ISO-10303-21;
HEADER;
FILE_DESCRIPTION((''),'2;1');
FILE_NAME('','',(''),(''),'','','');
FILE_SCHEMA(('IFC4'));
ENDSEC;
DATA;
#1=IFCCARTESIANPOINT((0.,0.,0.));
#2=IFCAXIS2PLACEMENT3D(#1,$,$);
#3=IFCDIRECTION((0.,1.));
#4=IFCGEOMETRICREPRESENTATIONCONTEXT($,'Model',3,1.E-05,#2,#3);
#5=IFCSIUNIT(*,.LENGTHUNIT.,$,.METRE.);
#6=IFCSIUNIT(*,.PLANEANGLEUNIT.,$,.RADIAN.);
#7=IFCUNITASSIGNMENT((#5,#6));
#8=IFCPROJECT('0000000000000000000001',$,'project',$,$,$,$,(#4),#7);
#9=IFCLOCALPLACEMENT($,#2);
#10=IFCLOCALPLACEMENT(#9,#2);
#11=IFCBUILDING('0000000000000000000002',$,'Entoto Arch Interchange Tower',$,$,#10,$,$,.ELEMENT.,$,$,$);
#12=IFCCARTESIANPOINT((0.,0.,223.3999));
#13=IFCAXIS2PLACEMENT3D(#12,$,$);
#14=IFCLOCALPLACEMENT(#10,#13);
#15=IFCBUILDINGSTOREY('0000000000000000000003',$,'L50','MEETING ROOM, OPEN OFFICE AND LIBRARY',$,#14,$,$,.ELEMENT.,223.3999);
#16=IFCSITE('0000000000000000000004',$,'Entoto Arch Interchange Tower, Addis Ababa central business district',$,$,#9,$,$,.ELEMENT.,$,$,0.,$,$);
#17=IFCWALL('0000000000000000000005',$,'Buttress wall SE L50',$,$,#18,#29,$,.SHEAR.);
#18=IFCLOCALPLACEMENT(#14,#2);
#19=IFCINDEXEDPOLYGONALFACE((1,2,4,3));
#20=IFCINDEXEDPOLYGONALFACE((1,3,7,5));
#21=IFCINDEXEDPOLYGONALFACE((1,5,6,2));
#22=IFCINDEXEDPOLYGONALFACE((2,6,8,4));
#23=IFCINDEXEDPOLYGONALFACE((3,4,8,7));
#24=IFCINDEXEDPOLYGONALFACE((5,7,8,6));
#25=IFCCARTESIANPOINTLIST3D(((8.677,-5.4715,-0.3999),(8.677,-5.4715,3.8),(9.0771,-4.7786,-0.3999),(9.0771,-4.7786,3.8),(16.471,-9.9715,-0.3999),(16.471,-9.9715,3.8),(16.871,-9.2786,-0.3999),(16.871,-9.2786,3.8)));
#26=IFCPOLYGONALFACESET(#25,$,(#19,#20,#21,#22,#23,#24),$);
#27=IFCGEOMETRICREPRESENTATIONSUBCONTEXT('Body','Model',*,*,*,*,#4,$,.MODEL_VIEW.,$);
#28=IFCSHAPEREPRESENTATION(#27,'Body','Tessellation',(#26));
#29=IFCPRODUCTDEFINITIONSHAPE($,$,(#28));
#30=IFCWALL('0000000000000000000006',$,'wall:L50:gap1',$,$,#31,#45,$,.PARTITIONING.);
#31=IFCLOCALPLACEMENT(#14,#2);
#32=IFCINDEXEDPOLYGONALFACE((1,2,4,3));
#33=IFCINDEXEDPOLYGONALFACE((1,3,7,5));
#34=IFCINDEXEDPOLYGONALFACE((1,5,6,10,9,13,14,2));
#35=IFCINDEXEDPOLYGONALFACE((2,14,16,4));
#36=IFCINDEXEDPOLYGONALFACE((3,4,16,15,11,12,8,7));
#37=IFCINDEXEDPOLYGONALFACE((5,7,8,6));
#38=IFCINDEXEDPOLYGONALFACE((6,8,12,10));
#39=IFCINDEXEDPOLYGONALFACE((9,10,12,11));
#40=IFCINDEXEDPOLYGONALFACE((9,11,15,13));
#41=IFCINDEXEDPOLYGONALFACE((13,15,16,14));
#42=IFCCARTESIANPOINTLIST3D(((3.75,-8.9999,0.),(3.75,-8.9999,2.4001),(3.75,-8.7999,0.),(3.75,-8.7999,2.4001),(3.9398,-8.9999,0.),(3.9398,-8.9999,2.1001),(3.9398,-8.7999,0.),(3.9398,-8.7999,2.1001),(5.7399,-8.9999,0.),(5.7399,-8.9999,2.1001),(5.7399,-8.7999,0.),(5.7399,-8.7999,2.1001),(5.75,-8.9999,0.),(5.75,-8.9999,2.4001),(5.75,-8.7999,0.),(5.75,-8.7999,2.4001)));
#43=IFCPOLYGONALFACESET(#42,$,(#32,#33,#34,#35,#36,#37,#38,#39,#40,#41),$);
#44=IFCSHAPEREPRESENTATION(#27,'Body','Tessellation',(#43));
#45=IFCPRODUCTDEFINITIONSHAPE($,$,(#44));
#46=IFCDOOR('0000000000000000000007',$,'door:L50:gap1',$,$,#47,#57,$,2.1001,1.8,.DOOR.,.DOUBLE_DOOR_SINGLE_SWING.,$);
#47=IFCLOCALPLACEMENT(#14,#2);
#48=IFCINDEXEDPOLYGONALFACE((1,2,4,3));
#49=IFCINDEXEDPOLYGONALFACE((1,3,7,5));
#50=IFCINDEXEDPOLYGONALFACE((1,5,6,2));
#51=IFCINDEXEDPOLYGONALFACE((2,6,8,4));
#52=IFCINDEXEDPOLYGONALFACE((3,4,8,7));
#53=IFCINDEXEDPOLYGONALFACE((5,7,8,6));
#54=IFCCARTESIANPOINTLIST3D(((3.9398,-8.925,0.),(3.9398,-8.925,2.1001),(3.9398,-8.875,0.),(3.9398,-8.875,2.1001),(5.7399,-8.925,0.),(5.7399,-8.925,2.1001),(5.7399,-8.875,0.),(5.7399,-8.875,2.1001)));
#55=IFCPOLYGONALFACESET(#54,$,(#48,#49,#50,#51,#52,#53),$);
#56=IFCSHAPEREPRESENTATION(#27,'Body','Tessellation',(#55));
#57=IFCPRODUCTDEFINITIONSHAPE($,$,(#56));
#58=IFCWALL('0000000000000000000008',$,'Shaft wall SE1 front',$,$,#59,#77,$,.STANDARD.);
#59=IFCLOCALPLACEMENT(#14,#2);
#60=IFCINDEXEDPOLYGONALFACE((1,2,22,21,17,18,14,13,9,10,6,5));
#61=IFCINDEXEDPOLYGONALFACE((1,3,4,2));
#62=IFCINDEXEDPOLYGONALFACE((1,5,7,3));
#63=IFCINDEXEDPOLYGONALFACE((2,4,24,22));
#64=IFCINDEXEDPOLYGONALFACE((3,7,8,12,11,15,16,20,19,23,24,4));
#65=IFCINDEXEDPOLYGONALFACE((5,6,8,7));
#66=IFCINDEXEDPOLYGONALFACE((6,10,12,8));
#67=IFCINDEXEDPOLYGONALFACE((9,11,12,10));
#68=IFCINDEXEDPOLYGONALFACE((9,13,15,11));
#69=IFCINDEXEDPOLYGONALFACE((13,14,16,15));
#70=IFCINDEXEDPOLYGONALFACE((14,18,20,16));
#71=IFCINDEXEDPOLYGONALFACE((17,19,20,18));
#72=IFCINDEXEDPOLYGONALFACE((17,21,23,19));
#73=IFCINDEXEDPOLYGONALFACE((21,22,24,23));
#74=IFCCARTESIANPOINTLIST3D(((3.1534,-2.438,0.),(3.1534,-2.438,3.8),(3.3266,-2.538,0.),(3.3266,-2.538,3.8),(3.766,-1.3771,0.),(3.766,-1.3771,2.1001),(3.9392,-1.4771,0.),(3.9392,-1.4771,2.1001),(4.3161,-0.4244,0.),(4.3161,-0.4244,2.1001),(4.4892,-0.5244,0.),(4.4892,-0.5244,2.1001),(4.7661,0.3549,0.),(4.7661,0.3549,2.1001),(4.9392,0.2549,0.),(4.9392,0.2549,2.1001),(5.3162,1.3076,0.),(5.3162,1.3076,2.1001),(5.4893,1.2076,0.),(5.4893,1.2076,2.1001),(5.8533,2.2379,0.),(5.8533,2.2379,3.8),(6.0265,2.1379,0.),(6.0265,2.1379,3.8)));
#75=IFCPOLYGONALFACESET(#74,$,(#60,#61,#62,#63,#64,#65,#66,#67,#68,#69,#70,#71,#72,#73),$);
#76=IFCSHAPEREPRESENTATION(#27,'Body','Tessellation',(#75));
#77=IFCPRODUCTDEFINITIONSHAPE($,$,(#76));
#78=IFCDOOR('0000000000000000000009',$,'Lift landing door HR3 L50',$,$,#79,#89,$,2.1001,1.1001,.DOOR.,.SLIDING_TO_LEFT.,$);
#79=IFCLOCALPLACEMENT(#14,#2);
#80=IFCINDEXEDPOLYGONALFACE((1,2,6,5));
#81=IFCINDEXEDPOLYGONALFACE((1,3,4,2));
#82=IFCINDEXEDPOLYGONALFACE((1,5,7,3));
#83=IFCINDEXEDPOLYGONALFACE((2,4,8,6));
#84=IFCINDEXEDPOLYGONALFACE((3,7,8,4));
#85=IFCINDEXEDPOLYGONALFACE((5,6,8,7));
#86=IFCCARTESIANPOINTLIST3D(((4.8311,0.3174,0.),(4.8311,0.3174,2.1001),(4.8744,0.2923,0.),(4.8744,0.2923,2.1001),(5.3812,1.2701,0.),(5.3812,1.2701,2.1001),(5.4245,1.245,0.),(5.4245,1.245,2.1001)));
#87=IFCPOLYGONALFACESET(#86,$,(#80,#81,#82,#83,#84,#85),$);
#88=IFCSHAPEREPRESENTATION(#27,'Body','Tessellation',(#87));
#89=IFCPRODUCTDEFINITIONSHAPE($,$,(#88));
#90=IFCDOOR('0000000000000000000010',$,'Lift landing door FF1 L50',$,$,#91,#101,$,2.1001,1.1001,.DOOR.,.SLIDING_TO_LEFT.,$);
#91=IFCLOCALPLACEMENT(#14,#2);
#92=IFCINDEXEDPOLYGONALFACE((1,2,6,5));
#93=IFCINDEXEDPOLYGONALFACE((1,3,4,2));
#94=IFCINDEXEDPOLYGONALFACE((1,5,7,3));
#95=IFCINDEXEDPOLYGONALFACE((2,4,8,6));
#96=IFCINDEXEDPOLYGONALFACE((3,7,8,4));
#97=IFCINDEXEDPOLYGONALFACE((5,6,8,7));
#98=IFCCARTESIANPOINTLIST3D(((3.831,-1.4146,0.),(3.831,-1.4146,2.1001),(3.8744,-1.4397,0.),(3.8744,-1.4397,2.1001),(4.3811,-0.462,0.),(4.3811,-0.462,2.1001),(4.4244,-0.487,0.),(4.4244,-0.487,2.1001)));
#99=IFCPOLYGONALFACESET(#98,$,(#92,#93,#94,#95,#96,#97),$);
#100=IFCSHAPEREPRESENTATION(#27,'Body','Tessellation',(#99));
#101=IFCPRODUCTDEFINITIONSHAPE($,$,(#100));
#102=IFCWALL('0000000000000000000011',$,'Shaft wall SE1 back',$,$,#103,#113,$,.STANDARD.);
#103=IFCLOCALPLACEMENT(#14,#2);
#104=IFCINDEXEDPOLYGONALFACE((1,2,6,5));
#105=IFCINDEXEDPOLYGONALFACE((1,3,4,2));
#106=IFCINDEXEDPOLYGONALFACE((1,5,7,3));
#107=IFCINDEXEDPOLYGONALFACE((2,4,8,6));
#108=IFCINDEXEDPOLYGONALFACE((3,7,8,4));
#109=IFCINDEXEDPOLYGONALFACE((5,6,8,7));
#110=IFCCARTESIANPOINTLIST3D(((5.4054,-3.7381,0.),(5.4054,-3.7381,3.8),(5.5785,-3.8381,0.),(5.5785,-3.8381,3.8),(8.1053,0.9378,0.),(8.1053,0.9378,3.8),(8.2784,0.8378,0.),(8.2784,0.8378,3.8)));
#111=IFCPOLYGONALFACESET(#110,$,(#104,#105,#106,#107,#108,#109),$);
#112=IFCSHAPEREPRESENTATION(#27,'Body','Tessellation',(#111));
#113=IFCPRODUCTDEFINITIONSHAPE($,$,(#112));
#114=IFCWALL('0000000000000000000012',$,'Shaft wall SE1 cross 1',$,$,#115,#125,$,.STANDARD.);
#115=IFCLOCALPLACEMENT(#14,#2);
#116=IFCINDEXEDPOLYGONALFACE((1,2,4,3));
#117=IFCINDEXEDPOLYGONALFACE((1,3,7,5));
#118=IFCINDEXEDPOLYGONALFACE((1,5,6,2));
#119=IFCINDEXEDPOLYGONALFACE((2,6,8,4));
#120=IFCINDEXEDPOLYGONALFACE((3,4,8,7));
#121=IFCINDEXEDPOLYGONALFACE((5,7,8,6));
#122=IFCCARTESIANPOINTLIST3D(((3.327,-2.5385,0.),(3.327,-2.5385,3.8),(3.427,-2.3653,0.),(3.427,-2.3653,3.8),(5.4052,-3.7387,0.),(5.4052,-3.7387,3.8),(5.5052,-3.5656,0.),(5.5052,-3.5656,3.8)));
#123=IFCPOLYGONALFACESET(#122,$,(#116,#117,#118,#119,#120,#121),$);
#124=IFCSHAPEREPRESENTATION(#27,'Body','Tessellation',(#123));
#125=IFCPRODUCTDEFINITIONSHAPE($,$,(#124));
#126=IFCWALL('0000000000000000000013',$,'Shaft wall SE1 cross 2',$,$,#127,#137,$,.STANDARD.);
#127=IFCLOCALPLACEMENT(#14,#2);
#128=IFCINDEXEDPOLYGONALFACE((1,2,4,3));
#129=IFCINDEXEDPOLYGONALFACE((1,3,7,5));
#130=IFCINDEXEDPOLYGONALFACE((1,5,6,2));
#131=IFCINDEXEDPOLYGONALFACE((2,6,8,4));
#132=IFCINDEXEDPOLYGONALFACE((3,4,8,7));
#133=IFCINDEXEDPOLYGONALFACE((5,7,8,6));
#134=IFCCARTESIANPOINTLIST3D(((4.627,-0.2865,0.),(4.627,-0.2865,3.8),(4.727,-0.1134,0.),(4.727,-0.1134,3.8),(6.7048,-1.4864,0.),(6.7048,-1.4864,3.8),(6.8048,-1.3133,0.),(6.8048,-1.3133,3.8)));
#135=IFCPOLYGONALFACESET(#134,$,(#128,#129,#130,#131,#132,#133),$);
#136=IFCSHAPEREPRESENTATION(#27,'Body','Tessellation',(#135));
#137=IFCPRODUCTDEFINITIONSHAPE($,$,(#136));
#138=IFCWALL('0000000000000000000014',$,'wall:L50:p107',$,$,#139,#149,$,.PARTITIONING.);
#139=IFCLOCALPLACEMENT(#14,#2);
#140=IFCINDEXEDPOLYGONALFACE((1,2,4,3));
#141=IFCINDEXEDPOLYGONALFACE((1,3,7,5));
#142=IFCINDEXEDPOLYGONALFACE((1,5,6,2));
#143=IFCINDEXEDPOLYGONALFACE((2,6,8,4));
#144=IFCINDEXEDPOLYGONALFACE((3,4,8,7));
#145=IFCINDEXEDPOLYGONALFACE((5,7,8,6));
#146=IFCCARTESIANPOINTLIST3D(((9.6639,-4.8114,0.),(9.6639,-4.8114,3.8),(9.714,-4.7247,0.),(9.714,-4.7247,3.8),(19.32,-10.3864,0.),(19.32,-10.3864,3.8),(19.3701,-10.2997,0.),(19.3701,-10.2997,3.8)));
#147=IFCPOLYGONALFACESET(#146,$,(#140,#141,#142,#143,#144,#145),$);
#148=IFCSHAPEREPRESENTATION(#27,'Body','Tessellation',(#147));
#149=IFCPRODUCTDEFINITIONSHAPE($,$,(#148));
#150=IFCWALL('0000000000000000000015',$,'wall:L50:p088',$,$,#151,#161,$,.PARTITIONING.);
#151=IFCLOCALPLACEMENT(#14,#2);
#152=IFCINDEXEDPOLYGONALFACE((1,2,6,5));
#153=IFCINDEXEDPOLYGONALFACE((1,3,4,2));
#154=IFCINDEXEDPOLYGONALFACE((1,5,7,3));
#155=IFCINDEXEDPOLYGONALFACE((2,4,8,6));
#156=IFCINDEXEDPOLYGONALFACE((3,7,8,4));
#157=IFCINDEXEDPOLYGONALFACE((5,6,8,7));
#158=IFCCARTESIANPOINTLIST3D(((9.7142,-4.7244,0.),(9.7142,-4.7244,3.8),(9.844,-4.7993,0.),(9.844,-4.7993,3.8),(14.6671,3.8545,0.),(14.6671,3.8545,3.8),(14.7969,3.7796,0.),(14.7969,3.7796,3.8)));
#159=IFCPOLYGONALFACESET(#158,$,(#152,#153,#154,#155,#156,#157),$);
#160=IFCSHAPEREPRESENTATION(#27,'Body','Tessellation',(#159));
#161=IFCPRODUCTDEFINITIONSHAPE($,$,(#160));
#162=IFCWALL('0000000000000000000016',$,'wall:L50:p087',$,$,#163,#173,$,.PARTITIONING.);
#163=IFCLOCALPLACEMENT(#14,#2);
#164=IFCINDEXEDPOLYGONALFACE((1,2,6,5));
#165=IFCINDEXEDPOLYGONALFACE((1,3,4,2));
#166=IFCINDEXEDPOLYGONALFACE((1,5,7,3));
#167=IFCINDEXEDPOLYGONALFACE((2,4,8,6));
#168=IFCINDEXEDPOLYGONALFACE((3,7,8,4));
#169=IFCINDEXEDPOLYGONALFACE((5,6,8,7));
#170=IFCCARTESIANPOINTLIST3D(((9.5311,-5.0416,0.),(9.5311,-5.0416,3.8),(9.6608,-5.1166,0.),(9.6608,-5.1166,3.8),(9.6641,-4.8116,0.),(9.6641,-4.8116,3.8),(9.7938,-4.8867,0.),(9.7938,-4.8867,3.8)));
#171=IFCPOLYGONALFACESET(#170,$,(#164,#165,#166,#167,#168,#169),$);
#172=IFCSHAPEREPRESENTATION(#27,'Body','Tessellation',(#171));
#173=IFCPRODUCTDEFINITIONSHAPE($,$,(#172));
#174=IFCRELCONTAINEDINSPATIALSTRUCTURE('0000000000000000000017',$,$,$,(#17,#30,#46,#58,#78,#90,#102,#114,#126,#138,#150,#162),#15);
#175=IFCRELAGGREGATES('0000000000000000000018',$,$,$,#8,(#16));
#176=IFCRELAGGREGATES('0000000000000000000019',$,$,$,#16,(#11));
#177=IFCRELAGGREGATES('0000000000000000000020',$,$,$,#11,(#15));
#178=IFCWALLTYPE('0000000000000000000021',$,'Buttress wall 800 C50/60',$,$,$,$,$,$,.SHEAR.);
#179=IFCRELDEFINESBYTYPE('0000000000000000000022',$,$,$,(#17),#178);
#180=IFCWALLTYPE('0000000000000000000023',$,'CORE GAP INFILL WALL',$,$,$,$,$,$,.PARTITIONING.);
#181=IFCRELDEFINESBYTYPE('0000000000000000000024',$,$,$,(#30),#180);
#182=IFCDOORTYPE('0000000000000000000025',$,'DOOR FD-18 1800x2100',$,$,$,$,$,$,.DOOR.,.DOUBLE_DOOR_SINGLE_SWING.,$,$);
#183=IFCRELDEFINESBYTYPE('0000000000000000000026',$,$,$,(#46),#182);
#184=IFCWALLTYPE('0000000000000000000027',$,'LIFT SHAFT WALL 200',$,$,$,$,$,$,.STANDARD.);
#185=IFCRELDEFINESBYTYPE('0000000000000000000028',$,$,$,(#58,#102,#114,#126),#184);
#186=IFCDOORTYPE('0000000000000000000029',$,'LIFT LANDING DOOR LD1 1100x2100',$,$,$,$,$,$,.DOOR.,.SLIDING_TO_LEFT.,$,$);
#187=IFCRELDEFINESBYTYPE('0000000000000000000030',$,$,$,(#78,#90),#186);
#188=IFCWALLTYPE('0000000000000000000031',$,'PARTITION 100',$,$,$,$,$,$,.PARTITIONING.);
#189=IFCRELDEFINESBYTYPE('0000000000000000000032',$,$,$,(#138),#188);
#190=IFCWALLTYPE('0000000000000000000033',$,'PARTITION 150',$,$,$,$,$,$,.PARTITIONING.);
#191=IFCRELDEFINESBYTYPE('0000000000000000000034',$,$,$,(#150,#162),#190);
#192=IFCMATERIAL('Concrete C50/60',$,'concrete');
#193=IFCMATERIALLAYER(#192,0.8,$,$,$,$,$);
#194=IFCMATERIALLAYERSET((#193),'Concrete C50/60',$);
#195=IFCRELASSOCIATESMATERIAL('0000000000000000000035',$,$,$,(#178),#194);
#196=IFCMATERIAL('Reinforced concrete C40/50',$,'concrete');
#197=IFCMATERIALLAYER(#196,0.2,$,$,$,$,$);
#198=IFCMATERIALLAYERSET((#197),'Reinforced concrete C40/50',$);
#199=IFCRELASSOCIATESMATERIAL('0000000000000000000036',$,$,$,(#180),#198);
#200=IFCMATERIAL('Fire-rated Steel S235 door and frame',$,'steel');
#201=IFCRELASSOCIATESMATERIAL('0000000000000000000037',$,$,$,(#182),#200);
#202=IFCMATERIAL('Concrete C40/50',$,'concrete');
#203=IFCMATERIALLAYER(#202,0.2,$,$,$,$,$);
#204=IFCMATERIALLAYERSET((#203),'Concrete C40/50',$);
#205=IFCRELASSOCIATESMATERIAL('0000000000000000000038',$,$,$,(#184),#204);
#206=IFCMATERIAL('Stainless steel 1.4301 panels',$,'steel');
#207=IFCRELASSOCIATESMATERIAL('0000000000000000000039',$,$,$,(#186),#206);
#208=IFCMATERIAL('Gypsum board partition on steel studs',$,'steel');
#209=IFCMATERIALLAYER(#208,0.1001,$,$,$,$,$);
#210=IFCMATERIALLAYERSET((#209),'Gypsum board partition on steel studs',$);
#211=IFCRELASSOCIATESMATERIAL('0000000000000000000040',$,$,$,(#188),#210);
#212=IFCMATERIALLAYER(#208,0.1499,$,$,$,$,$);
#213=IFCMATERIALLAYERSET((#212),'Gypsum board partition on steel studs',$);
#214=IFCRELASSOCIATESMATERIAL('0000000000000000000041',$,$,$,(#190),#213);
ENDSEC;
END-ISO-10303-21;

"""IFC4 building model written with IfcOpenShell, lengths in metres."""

from ifc_helpers import new_model, si_unit, direction, frame, frame_2d, origin, place, context, subcontext, project, spatial, rectangle, extrude, material, layer, layer_set, type_object, element, fill, save


model = new_model("IFC4")

# Units and contexts
model_context = context("Model", 3, precision=1e-05, world=origin(), true_north=direction((0.0, 1.0)))
body_context = subcontext(model_context, "Body", "Model", "MODEL_VIEW")
ifc_project = project(units=[si_unit("LENGTHUNIT", "METRE"), si_unit("PLANEANGLEUNIT", "RADIAN")], contexts=[model_context])

# Site, building, storey
site_placement = place(None, origin())
site = spatial("IfcSite", under=ifc_project, at=site_placement, Name="Entoto Arch Interchange Tower, Addis Ababa central business district", CompositionType="ELEMENT", RefElevation=0.0)
building_placement = place(site_placement, origin())
building = spatial("IfcBuilding", under=site, at=building_placement, Name="Entoto Arch Interchange Tower", CompositionType="ELEMENT")
storey_placement = place(building_placement, frame((0.0, 0.0, 223.3999)))
storey = spatial("IfcBuildingStorey", under=building, at=storey_placement, Name="L50", Description="MEETING ROOM, OPEN OFFICE AND LIBRARY", CompositionType="ELEMENT", Elevation=223.3999)

# Wall
ifc_material_1 = material(Name="Concrete C50/60", Category="concrete")
ifc_layer_1 = layer(ifc_material_1, 0.8)
ifc_layer_set_1 = layer_set([ifc_layer_1], Name="Concrete C50/60")
wall_type_1 = type_object("IfcWallType", Name="Buttress wall 800 C50/60", PredefinedType="SHEAR", material=ifc_layer_set_1)
wall_1_placement = place(storey_placement, frame((8.877, -5.125, -0.3999), z_axis=(0.0, 0.0, 1.0), x_axis=(0.866018, -0.500014, 0.0)))
element("IfcWall", 1, at=wall_1_placement, inside=storey, type_object=wall_type_1, Name="Buttress wall SE L50", PredefinedType="SHEAR", context=body_context, shape_type="SweptSolid", body=[
    extrude(rectangle(XDim=8.9998, YDim=0.8, at=frame_2d((4.5, 0.0))), origin(), (0.0, 0.0, 1.0), 4.2),
])

# Wall, opening, door
ifc_material_2 = material(Name="Reinforced concrete C40/50", Category="concrete")
ifc_layer_2 = layer(ifc_material_2, 0.2)
ifc_layer_set_2 = layer_set([ifc_layer_2], Name="Reinforced concrete C40/50")
wall_type_2 = type_object("IfcWallType", Name="CORE GAP INFILL WALL", PredefinedType="PARTITIONING", material=ifc_layer_set_2)
wall_2_placement = place(storey_placement, frame((3.75, -8.8999, 0.0), z_axis=(0.0, 0.0, 1.0), x_axis=(1.0, 0.0, 0.0)))
wall_2 = element("IfcWall", 2, at=wall_2_placement, inside=storey, type_object=wall_type_2, Name="wall:L50:gap1", PredefinedType="PARTITIONING", context=body_context, shape_type="SweptSolid", body=[
    extrude(rectangle(XDim=2.0, YDim=0.2, at=frame_2d((1.0, 0.0))), origin(), (0.0, 0.0, 1.0), 2.4001),
])
opening_1_placement = place(wall_2_placement, frame((0.1899, 0.0, 0.0)))
opening_1 = element("IfcOpeningElement", 3, at=opening_1_placement, cuts=wall_2, PredefinedType="OPENING", context=body_context, shape_type="SweptSolid", body=[
    extrude(rectangle(XDim=1.8, YDim=2.1001, at=frame_2d((0.8999, 1.05))), frame((0.0, 0.1099, 0.0), z_axis=(0.0, -1.0, 0.0), x_axis=(1.0, 0.0, 0.0)), (0.0, 0.0, 1.0), 0.22),
])
ifc_material_3 = material(Name="Fire-rated Steel S235 door and frame", Category="steel")
door_type_1 = type_object("IfcDoorType", Name="DOOR FD-18 1800x2100", OperationType="DOUBLE_DOOR_SINGLE_SWING", PredefinedType="DOOR", material=ifc_material_3)
door_1_placement = place(opening_1_placement, origin())
door_1 = element("IfcDoor", 4, at=door_1_placement, inside=storey, type_object=door_type_1, Name="door:L50:gap1", OperationType="DOUBLE_DOOR_SINGLE_SWING", OverallHeight=2.1001, OverallWidth=1.8, PredefinedType="DOOR", context=body_context, shape_type="SweptSolid", body=[
    extrude(rectangle(XDim=1.8, YDim=2.1001, at=frame_2d((0.8999, 1.05))), frame((0.0, 0.0249, 0.0), z_axis=(0.0, -1.0, 0.0), x_axis=(1.0, 0.0, 0.0)), (0.0, 0.0, 1.0), 0.05),
])
fill(opening_1, door_1)

# Wall, openings, doors
ifc_material_4 = material(Name="Concrete C40/50", Category="concrete")
ifc_layer_3 = layer(ifc_material_4, 0.2)
ifc_layer_set_3 = layer_set([ifc_layer_3], Name="Concrete C40/50")
wall_type_3 = type_object("IfcWallType", Name="LIFT SHAFT WALL 200", PredefinedType="STANDARD", material=ifc_layer_set_3)
wall_3_placement = place(storey_placement, frame((3.24, -2.488, 0.0), z_axis=(0.0, 0.0, 1.0), x_axis=(0.500034, 0.866006, 0.0)))
wall_3 = element("IfcWall", 5, at=wall_3_placement, inside=storey, type_object=wall_type_3, Name="Shaft wall SE1 front", PredefinedType="STANDARD", context=body_context, shape_type="SweptSolid", body=[
    extrude(rectangle(XDim=5.3994, YDim=0.2, at=frame_2d((2.6997, 0.0))), origin(), (0.0, 0.0, 1.0), 3.8),
])
opening_2_placement = place(wall_3_placement, frame((3.2251, 0.0, 0.0)))
opening_2 = element("IfcOpeningElement", 6, at=opening_2_placement, cuts=wall_3, PredefinedType="OPENING", context=body_context, shape_type="SweptSolid", body=[
    extrude(rectangle(XDim=1.1001, YDim=2.1001, at=frame_2d((0.55, 1.05))), frame((0.0, 0.1099, 0.0), z_axis=(0.0, -1.0, 0.0), x_axis=(1.0, 0.0, 0.0)), (0.0, 0.0, 1.0), 0.22),
])
opening_3_placement = place(wall_3_placement, frame((1.2251, 0.0, 0.0)))
opening_3 = element("IfcOpeningElement", 7, at=opening_3_placement, cuts=wall_3, PredefinedType="OPENING", context=body_context, shape_type="SweptSolid", body=[
    extrude(rectangle(XDim=1.1001, YDim=2.1001, at=frame_2d((0.55, 1.05))), frame((0.0, 0.1099, 0.0), z_axis=(0.0, -1.0, 0.0), x_axis=(1.0, 0.0, 0.0)), (0.0, 0.0, 1.0), 0.22),
])
ifc_material_5 = material(Name="Stainless steel 1.4301 panels", Category="steel")
door_type_2 = type_object("IfcDoorType", Name="LIFT LANDING DOOR LD1 1100x2100", OperationType="SLIDING_TO_LEFT", PredefinedType="DOOR", material=ifc_material_5)
door_2_placement = place(opening_2_placement, origin())
door_2 = element("IfcDoor", 8, at=door_2_placement, inside=storey, type_object=door_type_2, Name="Lift landing door HR3 L50", OperationType="SLIDING_TO_LEFT", OverallHeight=2.1001, OverallWidth=1.1001, PredefinedType="DOOR", context=body_context, shape_type="SweptSolid", body=[
    extrude(rectangle(XDim=1.1001, YDim=2.1001, at=frame_2d((0.55, 1.05))), frame((0.0, 0.0249, 0.0), z_axis=(0.0, -1.0, 0.0), x_axis=(1.0, 0.0, 0.0)), (0.0, 0.0, 1.0), 0.05),
])
fill(opening_2, door_2)
door_3_placement = place(opening_3_placement, origin())
door_3 = element("IfcDoor", 9, at=door_3_placement, inside=storey, type_object=door_type_2, Name="Lift landing door FF1 L50", OperationType="SLIDING_TO_LEFT", OverallHeight=2.1001, OverallWidth=1.1001, PredefinedType="DOOR", context=body_context, shape_type="SweptSolid", body=[
    extrude(rectangle(XDim=1.1001, YDim=2.1001, at=frame_2d((0.55, 1.05))), frame((0.0, 0.0249, 0.0), z_axis=(0.0, -1.0, 0.0), x_axis=(1.0, 0.0, 0.0)), (0.0, 0.0, 1.0), 0.05),
])
fill(opening_3, door_3)

# Walls
wall_4_placement = place(storey_placement, frame((5.4919, -3.7881, 0.0), z_axis=(0.0, 0.0, 1.0), x_axis=(0.500034, 0.866006, 0.0)))
element("IfcWall", 10, at=wall_4_placement, inside=storey, type_object=wall_type_3, Name="Shaft wall SE1 back", PredefinedType="STANDARD", context=body_context, shape_type="SweptSolid", body=[
    extrude(rectangle(XDim=5.3994, YDim=0.2, at=frame_2d((2.6997, 0.0))), origin(), (0.0, 0.0, 1.0), 3.8),
])
wall_5_placement = place(storey_placement, frame((3.377, -2.4519, 0.0), z_axis=(0.0, 0.0, 1.0), x_axis=(0.865955, -0.500122, 0.0)))
element("IfcWall", 11, at=wall_5_placement, inside=storey, type_object=wall_type_3, Name="Shaft wall SE1 cross 1", PredefinedType="STANDARD", context=body_context, shape_type="SweptSolid", body=[
    extrude(rectangle(XDim=2.3999, YDim=0.2, at=frame_2d((1.2, 0.0))), origin(), (0.0, 0.0, 1.0), 3.8),
])
wall_6_placement = place(storey_placement, frame((4.677, -0.2, 0.0), z_axis=(0.0, 0.0, 1.0), x_axis=(0.865974, -0.500089, 0.0)))
element("IfcWall", 12, at=wall_6_placement, inside=storey, type_object=wall_type_3, Name="Shaft wall SE1 cross 2", PredefinedType="STANDARD", context=body_context, shape_type="SweptSolid", body=[
    extrude(rectangle(XDim=2.3994, YDim=0.2, at=frame_2d((1.1997, 0.0))), origin(), (0.0, 0.0, 1.0), 3.8),
])
ifc_material_6 = material(Name="Gypsum board partition on steel studs", Category="steel")
ifc_layer_4 = layer(ifc_material_6, 0.1001)
ifc_layer_set_4 = layer_set([ifc_layer_4], Name="Gypsum board partition on steel studs")
wall_type_4 = type_object("IfcWallType", Name="PARTITION 100", PredefinedType="PARTITIONING", material=ifc_layer_set_4)
wall_7_placement = place(storey_placement, frame((9.689, -4.7681, 0.0), z_axis=(0.0, 0.0, 1.0), x_axis=(0.866023, -0.500004, 0.0)))
element("IfcWall", 13, at=wall_7_placement, inside=storey, type_object=wall_type_4, Name="wall:L50:p107", PredefinedType="PARTITIONING", context=body_context, shape_type="SweptSolid", body=[
    extrude(rectangle(XDim=11.1499, YDim=0.1001, at=frame_2d((5.575, 0.0))), origin(), (0.0, 0.0, 1.0), 3.8),
])
ifc_layer_5 = layer(ifc_material_6, 0.1499)
ifc_layer_set_5 = layer_set([ifc_layer_5], Name="Gypsum board partition on steel studs")
wall_type_5 = type_object("IfcWallType", Name="PARTITION 150", PredefinedType="PARTITIONING", material=ifc_layer_set_5)
wall_8_placement = place(storey_placement, frame((9.7791, -4.762, 0.0), z_axis=(0.0, 0.0, 1.0), x_axis=(0.499991, 0.866031, 0.0)))
element("IfcWall", 14, at=wall_8_placement, inside=storey, type_object=wall_type_5, Name="wall:L50:p088", PredefinedType="PARTITIONING", context=body_context, shape_type="SweptSolid", body=[
    extrude(rectangle(XDim=9.906, YDim=0.1499, at=frame_2d((4.9531, 0.0))), origin(), (0.0, 0.0, 1.0), 3.8),
])
wall_9_placement = place(storey_placement, frame((9.5959, -5.0791, 0.0), z_axis=(0.0, 0.0, 1.0), x_axis=(0.500783, 0.865573, 0.0)))
element("IfcWall", 15, at=wall_9_placement, inside=storey, type_object=wall_type_5, Name="wall:L50:p087", PredefinedType="PARTITIONING", context=body_context, shape_type="SweptSolid", body=[
    extrude(rectangle(XDim=0.2656, YDim=0.1499, at=frame_2d((0.1328, 0.0))), origin(), (0.0, 0.0, 1.0), 3.8),
])

save(model, "model.ifc")
